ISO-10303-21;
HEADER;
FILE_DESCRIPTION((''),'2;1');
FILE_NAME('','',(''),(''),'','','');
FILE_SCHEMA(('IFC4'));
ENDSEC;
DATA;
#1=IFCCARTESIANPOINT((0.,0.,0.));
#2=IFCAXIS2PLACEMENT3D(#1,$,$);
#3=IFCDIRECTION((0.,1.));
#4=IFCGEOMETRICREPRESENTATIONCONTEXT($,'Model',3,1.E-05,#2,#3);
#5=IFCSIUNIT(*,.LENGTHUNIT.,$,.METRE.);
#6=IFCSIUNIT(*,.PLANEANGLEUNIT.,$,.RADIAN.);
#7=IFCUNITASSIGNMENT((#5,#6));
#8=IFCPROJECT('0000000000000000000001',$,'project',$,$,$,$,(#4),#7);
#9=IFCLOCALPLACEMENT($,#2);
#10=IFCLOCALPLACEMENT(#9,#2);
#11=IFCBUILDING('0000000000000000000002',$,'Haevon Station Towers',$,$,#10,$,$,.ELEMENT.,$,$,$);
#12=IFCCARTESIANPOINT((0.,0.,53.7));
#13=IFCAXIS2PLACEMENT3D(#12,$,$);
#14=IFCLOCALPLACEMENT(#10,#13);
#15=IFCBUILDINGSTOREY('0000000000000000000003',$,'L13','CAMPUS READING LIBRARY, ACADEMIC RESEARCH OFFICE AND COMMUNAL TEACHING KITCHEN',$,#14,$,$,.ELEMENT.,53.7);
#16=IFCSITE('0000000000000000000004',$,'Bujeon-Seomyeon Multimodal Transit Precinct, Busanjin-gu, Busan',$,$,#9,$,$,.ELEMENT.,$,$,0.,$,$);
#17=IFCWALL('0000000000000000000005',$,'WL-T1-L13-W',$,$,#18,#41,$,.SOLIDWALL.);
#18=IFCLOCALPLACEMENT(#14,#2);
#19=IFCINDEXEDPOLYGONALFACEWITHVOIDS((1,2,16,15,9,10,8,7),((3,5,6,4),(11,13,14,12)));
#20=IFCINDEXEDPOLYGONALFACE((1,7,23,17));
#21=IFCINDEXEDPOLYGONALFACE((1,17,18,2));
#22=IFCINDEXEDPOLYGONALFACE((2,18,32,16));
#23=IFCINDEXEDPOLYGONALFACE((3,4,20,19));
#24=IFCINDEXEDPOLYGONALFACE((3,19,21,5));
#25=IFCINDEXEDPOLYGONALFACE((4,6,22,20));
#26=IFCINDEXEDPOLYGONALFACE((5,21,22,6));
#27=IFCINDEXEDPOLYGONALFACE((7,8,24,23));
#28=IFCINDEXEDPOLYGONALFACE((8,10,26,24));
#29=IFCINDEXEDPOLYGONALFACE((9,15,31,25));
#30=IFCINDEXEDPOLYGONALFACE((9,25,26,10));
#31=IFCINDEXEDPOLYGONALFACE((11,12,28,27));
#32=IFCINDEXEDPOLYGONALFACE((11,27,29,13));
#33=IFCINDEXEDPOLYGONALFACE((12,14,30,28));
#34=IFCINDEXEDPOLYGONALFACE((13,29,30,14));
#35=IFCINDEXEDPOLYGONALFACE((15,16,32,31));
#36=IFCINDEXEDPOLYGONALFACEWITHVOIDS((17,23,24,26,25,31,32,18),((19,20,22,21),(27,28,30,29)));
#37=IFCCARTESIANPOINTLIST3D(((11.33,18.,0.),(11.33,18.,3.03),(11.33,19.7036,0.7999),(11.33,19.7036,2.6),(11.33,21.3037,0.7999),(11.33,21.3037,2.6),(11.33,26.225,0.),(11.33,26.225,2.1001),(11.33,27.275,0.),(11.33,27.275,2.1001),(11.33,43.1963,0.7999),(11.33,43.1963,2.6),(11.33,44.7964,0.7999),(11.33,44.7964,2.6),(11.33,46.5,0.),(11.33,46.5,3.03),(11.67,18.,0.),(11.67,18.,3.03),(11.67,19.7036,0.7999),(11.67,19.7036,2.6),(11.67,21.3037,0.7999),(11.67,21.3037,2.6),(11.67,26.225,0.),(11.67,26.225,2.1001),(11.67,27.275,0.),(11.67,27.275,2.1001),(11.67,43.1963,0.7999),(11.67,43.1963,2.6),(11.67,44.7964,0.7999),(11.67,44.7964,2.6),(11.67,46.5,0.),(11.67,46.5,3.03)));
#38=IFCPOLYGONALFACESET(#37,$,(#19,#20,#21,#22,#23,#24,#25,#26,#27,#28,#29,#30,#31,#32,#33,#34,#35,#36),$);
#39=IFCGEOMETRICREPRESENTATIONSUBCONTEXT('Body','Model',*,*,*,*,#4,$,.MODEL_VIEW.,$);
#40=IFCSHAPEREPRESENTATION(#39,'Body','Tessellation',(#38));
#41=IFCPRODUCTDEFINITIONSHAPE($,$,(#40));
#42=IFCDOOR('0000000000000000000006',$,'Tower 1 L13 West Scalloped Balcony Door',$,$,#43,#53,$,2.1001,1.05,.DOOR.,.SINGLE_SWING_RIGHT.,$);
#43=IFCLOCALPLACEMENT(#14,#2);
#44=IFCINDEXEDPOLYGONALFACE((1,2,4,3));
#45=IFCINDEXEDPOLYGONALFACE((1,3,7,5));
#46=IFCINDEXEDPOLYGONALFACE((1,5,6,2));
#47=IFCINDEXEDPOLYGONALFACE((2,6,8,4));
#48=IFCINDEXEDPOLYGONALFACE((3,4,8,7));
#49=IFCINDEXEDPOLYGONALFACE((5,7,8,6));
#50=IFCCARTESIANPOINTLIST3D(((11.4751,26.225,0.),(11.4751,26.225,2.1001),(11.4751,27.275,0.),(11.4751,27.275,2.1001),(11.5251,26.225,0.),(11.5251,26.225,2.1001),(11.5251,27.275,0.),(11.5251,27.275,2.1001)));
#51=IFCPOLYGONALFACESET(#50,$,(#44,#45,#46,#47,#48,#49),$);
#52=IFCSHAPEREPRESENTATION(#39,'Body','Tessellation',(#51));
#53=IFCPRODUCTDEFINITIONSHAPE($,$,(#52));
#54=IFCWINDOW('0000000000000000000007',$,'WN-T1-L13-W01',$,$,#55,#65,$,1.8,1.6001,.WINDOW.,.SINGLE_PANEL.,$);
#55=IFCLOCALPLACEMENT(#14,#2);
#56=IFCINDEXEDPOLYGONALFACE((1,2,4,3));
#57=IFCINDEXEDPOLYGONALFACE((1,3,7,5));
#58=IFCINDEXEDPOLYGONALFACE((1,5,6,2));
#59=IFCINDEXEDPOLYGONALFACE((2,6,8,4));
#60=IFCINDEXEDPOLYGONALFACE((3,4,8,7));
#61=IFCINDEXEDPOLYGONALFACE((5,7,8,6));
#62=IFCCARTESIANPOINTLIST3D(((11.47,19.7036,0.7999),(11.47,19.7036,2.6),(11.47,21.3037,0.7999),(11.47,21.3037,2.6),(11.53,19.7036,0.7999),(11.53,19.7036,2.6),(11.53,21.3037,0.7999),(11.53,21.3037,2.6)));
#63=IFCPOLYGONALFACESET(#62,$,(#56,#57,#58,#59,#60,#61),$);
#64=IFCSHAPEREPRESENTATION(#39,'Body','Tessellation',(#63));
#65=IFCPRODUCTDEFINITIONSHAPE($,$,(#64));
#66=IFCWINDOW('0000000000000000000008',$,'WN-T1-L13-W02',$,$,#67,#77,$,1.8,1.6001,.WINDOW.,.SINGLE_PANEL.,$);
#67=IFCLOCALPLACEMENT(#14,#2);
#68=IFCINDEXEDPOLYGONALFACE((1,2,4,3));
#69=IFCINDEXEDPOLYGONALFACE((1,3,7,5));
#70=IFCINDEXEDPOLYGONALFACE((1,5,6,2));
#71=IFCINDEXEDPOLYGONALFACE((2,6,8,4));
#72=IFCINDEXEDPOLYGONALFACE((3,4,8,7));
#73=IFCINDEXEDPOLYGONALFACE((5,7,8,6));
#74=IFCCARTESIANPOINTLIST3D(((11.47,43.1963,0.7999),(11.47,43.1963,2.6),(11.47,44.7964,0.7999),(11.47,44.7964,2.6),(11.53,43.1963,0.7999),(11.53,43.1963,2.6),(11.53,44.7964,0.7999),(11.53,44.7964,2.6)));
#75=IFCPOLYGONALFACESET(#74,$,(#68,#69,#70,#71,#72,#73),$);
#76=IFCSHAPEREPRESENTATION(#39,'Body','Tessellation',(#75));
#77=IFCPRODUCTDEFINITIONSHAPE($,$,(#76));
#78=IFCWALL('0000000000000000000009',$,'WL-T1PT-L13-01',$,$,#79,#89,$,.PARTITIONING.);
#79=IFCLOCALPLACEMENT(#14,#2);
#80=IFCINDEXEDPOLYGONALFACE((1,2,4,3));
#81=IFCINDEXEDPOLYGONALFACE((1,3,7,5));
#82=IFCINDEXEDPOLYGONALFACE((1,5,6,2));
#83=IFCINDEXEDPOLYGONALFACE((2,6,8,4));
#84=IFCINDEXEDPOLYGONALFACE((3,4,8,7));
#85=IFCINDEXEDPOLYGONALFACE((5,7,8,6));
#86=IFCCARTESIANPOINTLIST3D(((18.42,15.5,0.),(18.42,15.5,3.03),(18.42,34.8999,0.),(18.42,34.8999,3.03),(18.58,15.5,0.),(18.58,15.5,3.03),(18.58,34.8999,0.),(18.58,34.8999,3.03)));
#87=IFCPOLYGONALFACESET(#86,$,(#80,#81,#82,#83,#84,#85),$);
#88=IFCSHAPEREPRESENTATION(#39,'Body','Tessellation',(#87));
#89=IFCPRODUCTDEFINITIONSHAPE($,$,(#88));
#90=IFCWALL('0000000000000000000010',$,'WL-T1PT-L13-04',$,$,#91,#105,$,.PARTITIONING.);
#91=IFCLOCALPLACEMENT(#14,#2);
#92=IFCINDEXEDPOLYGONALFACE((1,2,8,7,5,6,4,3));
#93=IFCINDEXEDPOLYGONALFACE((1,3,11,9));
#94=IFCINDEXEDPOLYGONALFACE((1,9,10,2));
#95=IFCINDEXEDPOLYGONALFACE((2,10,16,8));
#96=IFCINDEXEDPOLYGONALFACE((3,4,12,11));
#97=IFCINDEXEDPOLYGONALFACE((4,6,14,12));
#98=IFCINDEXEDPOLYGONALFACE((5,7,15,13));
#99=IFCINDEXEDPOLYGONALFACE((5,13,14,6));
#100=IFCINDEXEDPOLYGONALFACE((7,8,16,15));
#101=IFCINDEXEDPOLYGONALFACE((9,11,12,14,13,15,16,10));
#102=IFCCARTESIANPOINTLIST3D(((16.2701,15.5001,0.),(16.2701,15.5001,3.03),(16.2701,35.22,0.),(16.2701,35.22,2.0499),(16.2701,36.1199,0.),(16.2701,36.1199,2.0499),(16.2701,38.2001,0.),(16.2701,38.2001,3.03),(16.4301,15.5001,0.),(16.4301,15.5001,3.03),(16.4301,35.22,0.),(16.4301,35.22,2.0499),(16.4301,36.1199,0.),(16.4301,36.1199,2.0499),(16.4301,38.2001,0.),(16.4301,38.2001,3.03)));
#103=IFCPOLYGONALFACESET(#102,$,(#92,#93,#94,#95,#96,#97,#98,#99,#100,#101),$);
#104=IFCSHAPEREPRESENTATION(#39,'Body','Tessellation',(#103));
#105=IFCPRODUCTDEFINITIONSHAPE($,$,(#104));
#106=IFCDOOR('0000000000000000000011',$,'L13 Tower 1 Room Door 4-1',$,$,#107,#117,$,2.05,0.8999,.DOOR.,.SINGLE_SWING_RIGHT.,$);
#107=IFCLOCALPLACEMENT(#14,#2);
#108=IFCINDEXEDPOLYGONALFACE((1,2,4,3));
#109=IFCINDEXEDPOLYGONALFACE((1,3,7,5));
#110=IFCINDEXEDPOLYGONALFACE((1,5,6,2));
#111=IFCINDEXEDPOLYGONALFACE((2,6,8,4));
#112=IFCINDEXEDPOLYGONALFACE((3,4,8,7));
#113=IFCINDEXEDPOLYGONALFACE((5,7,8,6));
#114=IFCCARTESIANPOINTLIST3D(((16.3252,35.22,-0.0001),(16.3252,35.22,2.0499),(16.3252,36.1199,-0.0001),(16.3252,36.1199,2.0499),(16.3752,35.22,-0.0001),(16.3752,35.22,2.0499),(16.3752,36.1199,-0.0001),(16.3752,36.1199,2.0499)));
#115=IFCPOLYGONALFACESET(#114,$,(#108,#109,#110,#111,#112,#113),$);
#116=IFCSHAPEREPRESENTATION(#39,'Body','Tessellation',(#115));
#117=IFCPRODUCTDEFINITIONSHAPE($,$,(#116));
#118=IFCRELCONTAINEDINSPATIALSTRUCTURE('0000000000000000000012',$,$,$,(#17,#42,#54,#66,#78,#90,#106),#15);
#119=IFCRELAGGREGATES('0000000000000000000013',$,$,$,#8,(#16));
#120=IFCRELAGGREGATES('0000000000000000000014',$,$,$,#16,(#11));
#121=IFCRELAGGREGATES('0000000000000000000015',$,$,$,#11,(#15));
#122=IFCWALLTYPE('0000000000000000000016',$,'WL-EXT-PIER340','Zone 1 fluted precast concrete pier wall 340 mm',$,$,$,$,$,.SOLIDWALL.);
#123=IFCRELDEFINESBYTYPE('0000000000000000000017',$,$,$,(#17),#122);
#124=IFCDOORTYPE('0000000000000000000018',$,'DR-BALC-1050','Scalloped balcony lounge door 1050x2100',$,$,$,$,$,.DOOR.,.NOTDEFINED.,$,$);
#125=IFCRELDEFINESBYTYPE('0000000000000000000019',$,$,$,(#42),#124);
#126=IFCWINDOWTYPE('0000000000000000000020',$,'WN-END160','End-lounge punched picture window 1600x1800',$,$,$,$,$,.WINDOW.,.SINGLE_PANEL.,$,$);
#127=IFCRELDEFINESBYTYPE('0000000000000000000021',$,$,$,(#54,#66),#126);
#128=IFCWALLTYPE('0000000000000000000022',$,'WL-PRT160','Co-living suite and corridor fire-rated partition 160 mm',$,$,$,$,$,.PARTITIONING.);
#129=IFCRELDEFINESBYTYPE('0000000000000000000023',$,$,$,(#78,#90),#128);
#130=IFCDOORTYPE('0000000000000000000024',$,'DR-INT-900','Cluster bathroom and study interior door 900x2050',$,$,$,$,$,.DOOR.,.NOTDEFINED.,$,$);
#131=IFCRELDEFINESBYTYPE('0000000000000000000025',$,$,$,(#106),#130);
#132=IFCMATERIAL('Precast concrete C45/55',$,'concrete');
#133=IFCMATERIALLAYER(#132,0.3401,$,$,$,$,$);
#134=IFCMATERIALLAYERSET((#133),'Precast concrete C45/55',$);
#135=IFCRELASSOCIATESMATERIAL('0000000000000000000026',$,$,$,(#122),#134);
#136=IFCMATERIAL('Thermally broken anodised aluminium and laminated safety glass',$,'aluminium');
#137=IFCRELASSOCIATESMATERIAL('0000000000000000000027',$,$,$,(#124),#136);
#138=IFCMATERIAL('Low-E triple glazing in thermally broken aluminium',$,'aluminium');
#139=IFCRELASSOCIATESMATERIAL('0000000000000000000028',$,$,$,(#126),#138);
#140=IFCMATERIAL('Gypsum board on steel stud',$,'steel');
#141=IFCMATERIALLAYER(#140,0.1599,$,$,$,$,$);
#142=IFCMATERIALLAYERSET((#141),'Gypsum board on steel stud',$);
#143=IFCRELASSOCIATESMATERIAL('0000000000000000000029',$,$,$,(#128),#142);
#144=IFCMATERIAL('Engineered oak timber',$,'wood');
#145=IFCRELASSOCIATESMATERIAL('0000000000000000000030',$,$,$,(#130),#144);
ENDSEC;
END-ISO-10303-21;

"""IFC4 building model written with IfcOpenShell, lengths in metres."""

from ifc_helpers import new_model, si_unit, direction, frame, frame_2d, origin, place, context, subcontext, project, spatial, rectangle, extrude, material, layer, layer_set, type_object, element, fill, save


model = new_model("IFC4")

# Units and contexts
model_context = context("Model", 3, precision=1e-05, world=origin(), true_north=direction((0.0, 1.0)))
body_context = subcontext(model_context, "Body", "Model", "MODEL_VIEW")
ifc_project = project(units=[si_unit("LENGTHUNIT", "METRE"), si_unit("PLANEANGLEUNIT", "RADIAN")], contexts=[model_context])

# Site, building, storey
site_placement = place(None, origin())
site = spatial("IfcSite", under=ifc_project, at=site_placement, Name="Bujeon-Seomyeon Multimodal Transit Precinct, Busanjin-gu, Busan", CompositionType="ELEMENT", RefElevation=0.0)
building_placement = place(site_placement, origin())
building = spatial("IfcBuilding", under=site, at=building_placement, Name="Haevon Station Towers", CompositionType="ELEMENT")
storey_placement = place(building_placement, frame((0.0, 0.0, 53.7)))
storey = spatial("IfcBuildingStorey", under=building, at=storey_placement, Name="L13", Description="CAMPUS READING LIBRARY, ACADEMIC RESEARCH OFFICE AND COMMUNAL TEACHING KITCHEN", CompositionType="ELEMENT", Elevation=53.7)

# Shared definitions
ifc_material_1 = material(Name="Precast concrete C45/55", Category="concrete")
ifc_layer_1 = layer(ifc_material_1, 0.3401)
ifc_layer_set_1 = layer_set([ifc_layer_1], Name="Precast concrete C45/55")
wall_type_1 = type_object("IfcWallType", Name="WL-EXT-PIER340", Description="Zone 1 fluted precast concrete pier wall 340 mm", PredefinedType="SOLIDWALL", material=ifc_layer_set_1)

# Wall, openings, door, windows
wall_1_placement = place(storey_placement, frame((11.5, 18.0, 0.0), z_axis=(0.0, 0.0, 1.0), x_axis=(0.0, 1.0, 0.0)))
wall_1 = element("IfcWall", 1, at=wall_1_placement, inside=storey, type_object=wall_type_1, Name="WL-T1-L13-W", PredefinedType="SOLIDWALL", context=body_context, shape_type="SweptSolid", body=[
    extrude(rectangle(XDim=28.5, YDim=0.3401, at=frame_2d((14.25, 0.0))), origin(), (0.0, 0.0, 1.0), 3.03),
])
opening_1_placement = place(wall_1_placement, frame((8.2251, 0.0, 0.0)))
opening_1 = element("IfcOpeningElement", 2, at=opening_1_placement, cuts=wall_1, PredefinedType="OPENING", context=body_context, shape_type="SweptSolid", body=[
    extrude(rectangle(XDim=1.05, YDim=2.1001, at=frame_2d((0.5249, 1.05))), frame((0.0, 0.1799, 0.0), z_axis=(0.0, -1.0, 0.0), x_axis=(1.0, 0.0, 0.0)), (0.0, 0.0, 1.0), 0.3601),
])
opening_2_placement = place(wall_1_placement, frame((1.7036, 0.0, 0.8)))
opening_2 = element("IfcOpeningElement", 3, at=opening_2_placement, cuts=wall_1, PredefinedType="OPENING", context=body_context, shape_type="SweptSolid", body=[
    extrude(rectangle(XDim=1.6001, YDim=1.8, at=frame_2d((0.8, 0.8999))), frame((0.0, 0.1799, 0.0), z_axis=(0.0, -1.0, 0.0), x_axis=(1.0, 0.0, 0.0)), (0.0, 0.0, 1.0), 0.3601),
])
opening_3_placement = place(wall_1_placement, frame((25.1963, 0.0, 0.8)))
opening_3 = element("IfcOpeningElement", 4, at=opening_3_placement, cuts=wall_1, PredefinedType="OPENING", context=body_context, shape_type="SweptSolid", body=[
    extrude(rectangle(XDim=1.6001, YDim=1.8, at=frame_2d((0.8, 0.8999))), frame((0.0, 0.1799, 0.0), z_axis=(0.0, -1.0, 0.0), x_axis=(1.0, 0.0, 0.0)), (0.0, 0.0, 1.0), 0.3601),
])
ifc_material_2 = material(Name="Thermally broken anodised aluminium and laminated safety glass", Category="aluminium")
door_type_1 = type_object("IfcDoorType", Name="DR-BALC-1050", Description="Scalloped balcony lounge door 1050x2100", OperationType="NOTDEFINED", PredefinedType="DOOR", material=ifc_material_2)
door_1_placement = place(opening_1_placement, origin())
door_1 = element("IfcDoor", 5, at=door_1_placement, inside=storey, type_object=door_type_1, Name="Tower 1 L13 West Scalloped Balcony Door", OperationType="SINGLE_SWING_RIGHT", OverallHeight=2.1001, OverallWidth=1.05, PredefinedType="DOOR", context=body_context, shape_type="SweptSolid", body=[
    extrude(rectangle(XDim=1.05, YDim=2.1001, at=frame_2d((0.5249, 1.05))), frame((0.0, 0.0249, 0.0), z_axis=(0.0, -1.0, 0.0), x_axis=(1.0, 0.0, 0.0)), (0.0, 0.0, 1.0), 0.05),
])
fill(opening_1, door_1)
ifc_material_3 = material(Name="Low-E triple glazing in thermally broken aluminium", Category="aluminium")
window_type = type_object("IfcWindowType", Name="WN-END160", Description="End-lounge punched picture window 1600x1800", PartitioningType="SINGLE_PANEL", PredefinedType="WINDOW", material=ifc_material_3)
window_1_placement = place(opening_2_placement, origin())
window_1 = element("IfcWindow", 6, at=window_1_placement, inside=storey, type_object=window_type, Name="WN-T1-L13-W01", OverallHeight=1.8, OverallWidth=1.6001, PartitioningType="SINGLE_PANEL", PredefinedType="WINDOW", context=body_context, shape_type="SweptSolid", body=[
    extrude(rectangle(XDim=1.6001, YDim=1.8, at=frame_2d((0.8, 0.8999))), frame((0.0, 0.03, 0.0), z_axis=(0.0, -1.0, 0.0), x_axis=(1.0, 0.0, 0.0)), (0.0, 0.0, 1.0), 0.0601),
])
fill(opening_2, window_1)
window_2_placement = place(opening_3_placement, origin())
window_2 = element("IfcWindow", 7, at=window_2_placement, inside=storey, type_object=window_type, Name="WN-T1-L13-W02", OverallHeight=1.8, OverallWidth=1.6001, PartitioningType="SINGLE_PANEL", PredefinedType="WINDOW", context=body_context, shape_type="SweptSolid", body=[
    extrude(rectangle(XDim=1.6001, YDim=1.8, at=frame_2d((0.8, 0.8999))), frame((0.0, 0.03, 0.0), z_axis=(0.0, -1.0, 0.0), x_axis=(1.0, 0.0, 0.0)), (0.0, 0.0, 1.0), 0.0601),
])
fill(opening_3, window_2)

# Wall
ifc_material_4 = material(Name="Gypsum board on steel stud", Category="steel")
ifc_layer_2 = layer(ifc_material_4, 0.1599)
ifc_layer_set_2 = layer_set([ifc_layer_2], Name="Gypsum board on steel stud")
wall_type_2 = type_object("IfcWallType", Name="WL-PRT160", Description="Co-living suite and corridor fire-rated partition 160 mm", PredefinedType="PARTITIONING", material=ifc_layer_set_2)
wall_2_placement = place(storey_placement, frame((18.5, 15.5, 0.0), z_axis=(0.0, 0.0, 1.0), x_axis=(0.0, 1.0, 0.0)))
element("IfcWall", 8, at=wall_2_placement, inside=storey, type_object=wall_type_2, Name="WL-T1PT-L13-01", PredefinedType="PARTITIONING", context=body_context, shape_type="SweptSolid", body=[
    extrude(rectangle(XDim=19.3999, YDim=0.1599, at=frame_2d((9.7, 0.0))), origin(), (0.0, 0.0, 1.0), 3.03),
])

# Wall, opening, door
wall_3_placement = place(storey_placement, frame((16.3501, 15.5, 0.0), z_axis=(0.0, 0.0, 1.0), x_axis=(0.0, 1.0, 0.0)))
wall_3 = element("IfcWall", 9, at=wall_3_placement, inside=storey, type_object=wall_type_2, Name="WL-T1PT-L13-04", PredefinedType="PARTITIONING", context=body_context, shape_type="SweptSolid", body=[
    extrude(rectangle(XDim=22.7, YDim=0.1599, at=frame_2d((11.3501, 0.0))), origin(), (0.0, 0.0, 1.0), 3.03),
])
opening_4_placement = place(wall_3_placement, frame((19.72, 0.0, 0.0)))
opening_4 = element("IfcOpeningElement", 10, at=opening_4_placement, cuts=wall_3, PredefinedType="OPENING", context=body_context, shape_type="SweptSolid", body=[
    extrude(rectangle(XDim=0.8999, YDim=2.05, at=frame_2d((0.45, 1.0249))), frame((0.0, 0.0898, 0.0), z_axis=(0.0, -1.0, 0.0), x_axis=(1.0, 0.0, 0.0)), (0.0, 0.0, 1.0), 0.1799),
])
ifc_material_5 = material(Name="Engineered oak timber", Category="wood")
door_type_2 = type_object("IfcDoorType", Name="DR-INT-900", Description="Cluster bathroom and study interior door 900x2050", OperationType="NOTDEFINED", PredefinedType="DOOR", material=ifc_material_5)
door_2_placement = place(opening_4_placement, origin())
door_2 = element("IfcDoor", 11, at=door_2_placement, inside=storey, type_object=door_type_2, Name="L13 Tower 1 Room Door 4-1", OperationType="SINGLE_SWING_RIGHT", OverallHeight=2.05, OverallWidth=0.8999, PredefinedType="DOOR", context=body_context, shape_type="SweptSolid", body=[
    extrude(rectangle(XDim=0.8999, YDim=2.05, at=frame_2d((0.45, 1.0249))), frame((0.0, 0.0249, 0.0), z_axis=(0.0, -1.0, 0.0), x_axis=(1.0, 0.0, 0.0)), (0.0, 0.0, 1.0), 0.05),
])
fill(opening_4, door_2)

save(model, "model.ifc")
